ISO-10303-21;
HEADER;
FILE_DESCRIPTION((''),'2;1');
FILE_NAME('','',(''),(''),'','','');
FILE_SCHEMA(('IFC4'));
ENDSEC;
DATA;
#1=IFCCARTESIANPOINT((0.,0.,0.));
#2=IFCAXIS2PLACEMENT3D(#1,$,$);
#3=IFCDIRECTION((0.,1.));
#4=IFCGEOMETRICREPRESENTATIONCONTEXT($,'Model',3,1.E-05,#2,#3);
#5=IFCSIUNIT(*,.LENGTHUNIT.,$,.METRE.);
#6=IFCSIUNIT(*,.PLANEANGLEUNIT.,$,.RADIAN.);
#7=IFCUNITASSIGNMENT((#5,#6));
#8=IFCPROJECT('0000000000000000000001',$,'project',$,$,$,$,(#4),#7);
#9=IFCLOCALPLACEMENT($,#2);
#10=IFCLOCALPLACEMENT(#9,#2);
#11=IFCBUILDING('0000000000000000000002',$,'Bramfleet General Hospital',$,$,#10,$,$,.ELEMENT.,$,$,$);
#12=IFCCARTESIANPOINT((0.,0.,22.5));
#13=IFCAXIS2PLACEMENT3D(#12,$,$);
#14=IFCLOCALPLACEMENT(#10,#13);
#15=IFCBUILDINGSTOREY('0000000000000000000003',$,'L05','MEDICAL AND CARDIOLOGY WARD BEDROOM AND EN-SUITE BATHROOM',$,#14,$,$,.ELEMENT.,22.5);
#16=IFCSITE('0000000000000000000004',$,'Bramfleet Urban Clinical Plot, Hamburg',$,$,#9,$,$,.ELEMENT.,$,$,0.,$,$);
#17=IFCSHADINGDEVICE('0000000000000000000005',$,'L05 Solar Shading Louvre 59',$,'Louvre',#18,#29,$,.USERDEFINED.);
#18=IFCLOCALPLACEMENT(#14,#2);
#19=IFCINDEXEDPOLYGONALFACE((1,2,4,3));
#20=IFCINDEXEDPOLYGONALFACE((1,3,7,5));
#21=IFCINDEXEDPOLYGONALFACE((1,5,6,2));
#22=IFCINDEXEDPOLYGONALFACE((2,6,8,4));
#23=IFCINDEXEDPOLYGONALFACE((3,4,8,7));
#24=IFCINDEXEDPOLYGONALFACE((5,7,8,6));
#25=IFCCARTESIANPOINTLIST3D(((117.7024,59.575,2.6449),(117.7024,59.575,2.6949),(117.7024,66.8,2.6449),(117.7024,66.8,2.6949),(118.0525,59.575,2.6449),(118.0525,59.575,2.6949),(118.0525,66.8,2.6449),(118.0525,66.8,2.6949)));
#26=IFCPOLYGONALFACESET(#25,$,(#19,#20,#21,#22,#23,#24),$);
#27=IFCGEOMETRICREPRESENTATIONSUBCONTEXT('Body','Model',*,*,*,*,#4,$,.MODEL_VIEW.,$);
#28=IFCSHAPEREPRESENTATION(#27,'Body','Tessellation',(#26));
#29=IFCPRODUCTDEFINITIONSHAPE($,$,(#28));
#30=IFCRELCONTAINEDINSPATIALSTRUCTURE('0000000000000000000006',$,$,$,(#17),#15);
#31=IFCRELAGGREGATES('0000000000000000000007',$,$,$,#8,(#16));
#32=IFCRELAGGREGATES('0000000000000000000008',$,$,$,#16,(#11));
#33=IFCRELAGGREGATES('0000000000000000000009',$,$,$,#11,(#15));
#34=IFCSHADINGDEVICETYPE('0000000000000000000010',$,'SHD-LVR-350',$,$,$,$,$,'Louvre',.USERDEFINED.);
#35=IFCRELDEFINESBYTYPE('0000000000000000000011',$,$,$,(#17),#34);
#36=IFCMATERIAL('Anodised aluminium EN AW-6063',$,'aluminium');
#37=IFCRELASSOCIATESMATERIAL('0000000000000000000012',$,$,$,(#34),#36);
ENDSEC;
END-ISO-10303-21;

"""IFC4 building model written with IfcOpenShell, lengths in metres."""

from ifc_helpers import new_model, si_unit, direction, frame, origin, origin_2d, place, context, subcontext, project, spatial, rectangle, extrude, material, material_profile, profile_set, type_object, element, save


model = new_model("IFC4")

# Units and contexts
model_context = context("Model", 3, precision=1e-05, world=origin(), true_north=direction((0.0, 1.0)))
body_context = subcontext(model_context, "Body", "Model", "MODEL_VIEW")
ifc_project = project(units=[si_unit("LENGTHUNIT", "METRE"), si_unit("PLANEANGLEUNIT", "RADIAN")], contexts=[model_context])

# Site, building, storey
site_placement = place(None, origin())
site = spatial("IfcSite", under=ifc_project, at=site_placement, Name="Bramfleet Urban Clinical Plot, Hamburg", CompositionType="ELEMENT", RefElevation=0.0)
building_placement = place(site_placement, origin())
building = spatial("IfcBuilding", under=site, at=building_placement, Name="Bramfleet General Hospital", CompositionType="ELEMENT")
storey_placement = place(building_placement, frame((0.0, 0.0, 22.5)))
storey = spatial("IfcBuildingStorey", under=building, at=storey_placement, Name="L05", Description="MEDICAL AND CARDIOLOGY WARD BEDROOM AND EN-SUITE BATHROOM", CompositionType="ELEMENT", Elevation=22.5)

# Shading device
ifc_material_1 = material(Name="Anodised aluminium EN AW-6063", Category="aluminium")
ifc_material_profile_1 = material_profile(ifc_material_1, rectangle(XDim=0.05, YDim=0.3501, at=origin_2d()), Name="ALU LOUVRE 350x50")
ifc_profile_set_1 = profile_set([ifc_material_profile_1], Name="Anodised aluminium EN AW-6063")
shading_device_type = type_object("IfcShadingDeviceType", Name="SHD-LVR-350", ElementType="Louvre", PredefinedType="USERDEFINED", material=ifc_profile_set_1)
shading_device_placement = place(storey_placement, frame((117.8774, 66.8, 2.6699), z_axis=(0.0, -1.0, 0.0), x_axis=(0.0, 0.0, 1.0)))
element("IfcShadingDevice", 1, at=shading_device_placement, inside=storey, type_object=shading_device_type, Name="L05 Solar Shading Louvre 59", ObjectType="Louvre", PredefinedType="USERDEFINED", context=body_context, shape_type="SweptSolid", body=[
    extrude(rectangle(XDim=0.05, YDim=0.3501, at=origin_2d()), origin(), (0.0, 0.0, 1.0), 7.2251),
])

save(model, "model.ifc")
